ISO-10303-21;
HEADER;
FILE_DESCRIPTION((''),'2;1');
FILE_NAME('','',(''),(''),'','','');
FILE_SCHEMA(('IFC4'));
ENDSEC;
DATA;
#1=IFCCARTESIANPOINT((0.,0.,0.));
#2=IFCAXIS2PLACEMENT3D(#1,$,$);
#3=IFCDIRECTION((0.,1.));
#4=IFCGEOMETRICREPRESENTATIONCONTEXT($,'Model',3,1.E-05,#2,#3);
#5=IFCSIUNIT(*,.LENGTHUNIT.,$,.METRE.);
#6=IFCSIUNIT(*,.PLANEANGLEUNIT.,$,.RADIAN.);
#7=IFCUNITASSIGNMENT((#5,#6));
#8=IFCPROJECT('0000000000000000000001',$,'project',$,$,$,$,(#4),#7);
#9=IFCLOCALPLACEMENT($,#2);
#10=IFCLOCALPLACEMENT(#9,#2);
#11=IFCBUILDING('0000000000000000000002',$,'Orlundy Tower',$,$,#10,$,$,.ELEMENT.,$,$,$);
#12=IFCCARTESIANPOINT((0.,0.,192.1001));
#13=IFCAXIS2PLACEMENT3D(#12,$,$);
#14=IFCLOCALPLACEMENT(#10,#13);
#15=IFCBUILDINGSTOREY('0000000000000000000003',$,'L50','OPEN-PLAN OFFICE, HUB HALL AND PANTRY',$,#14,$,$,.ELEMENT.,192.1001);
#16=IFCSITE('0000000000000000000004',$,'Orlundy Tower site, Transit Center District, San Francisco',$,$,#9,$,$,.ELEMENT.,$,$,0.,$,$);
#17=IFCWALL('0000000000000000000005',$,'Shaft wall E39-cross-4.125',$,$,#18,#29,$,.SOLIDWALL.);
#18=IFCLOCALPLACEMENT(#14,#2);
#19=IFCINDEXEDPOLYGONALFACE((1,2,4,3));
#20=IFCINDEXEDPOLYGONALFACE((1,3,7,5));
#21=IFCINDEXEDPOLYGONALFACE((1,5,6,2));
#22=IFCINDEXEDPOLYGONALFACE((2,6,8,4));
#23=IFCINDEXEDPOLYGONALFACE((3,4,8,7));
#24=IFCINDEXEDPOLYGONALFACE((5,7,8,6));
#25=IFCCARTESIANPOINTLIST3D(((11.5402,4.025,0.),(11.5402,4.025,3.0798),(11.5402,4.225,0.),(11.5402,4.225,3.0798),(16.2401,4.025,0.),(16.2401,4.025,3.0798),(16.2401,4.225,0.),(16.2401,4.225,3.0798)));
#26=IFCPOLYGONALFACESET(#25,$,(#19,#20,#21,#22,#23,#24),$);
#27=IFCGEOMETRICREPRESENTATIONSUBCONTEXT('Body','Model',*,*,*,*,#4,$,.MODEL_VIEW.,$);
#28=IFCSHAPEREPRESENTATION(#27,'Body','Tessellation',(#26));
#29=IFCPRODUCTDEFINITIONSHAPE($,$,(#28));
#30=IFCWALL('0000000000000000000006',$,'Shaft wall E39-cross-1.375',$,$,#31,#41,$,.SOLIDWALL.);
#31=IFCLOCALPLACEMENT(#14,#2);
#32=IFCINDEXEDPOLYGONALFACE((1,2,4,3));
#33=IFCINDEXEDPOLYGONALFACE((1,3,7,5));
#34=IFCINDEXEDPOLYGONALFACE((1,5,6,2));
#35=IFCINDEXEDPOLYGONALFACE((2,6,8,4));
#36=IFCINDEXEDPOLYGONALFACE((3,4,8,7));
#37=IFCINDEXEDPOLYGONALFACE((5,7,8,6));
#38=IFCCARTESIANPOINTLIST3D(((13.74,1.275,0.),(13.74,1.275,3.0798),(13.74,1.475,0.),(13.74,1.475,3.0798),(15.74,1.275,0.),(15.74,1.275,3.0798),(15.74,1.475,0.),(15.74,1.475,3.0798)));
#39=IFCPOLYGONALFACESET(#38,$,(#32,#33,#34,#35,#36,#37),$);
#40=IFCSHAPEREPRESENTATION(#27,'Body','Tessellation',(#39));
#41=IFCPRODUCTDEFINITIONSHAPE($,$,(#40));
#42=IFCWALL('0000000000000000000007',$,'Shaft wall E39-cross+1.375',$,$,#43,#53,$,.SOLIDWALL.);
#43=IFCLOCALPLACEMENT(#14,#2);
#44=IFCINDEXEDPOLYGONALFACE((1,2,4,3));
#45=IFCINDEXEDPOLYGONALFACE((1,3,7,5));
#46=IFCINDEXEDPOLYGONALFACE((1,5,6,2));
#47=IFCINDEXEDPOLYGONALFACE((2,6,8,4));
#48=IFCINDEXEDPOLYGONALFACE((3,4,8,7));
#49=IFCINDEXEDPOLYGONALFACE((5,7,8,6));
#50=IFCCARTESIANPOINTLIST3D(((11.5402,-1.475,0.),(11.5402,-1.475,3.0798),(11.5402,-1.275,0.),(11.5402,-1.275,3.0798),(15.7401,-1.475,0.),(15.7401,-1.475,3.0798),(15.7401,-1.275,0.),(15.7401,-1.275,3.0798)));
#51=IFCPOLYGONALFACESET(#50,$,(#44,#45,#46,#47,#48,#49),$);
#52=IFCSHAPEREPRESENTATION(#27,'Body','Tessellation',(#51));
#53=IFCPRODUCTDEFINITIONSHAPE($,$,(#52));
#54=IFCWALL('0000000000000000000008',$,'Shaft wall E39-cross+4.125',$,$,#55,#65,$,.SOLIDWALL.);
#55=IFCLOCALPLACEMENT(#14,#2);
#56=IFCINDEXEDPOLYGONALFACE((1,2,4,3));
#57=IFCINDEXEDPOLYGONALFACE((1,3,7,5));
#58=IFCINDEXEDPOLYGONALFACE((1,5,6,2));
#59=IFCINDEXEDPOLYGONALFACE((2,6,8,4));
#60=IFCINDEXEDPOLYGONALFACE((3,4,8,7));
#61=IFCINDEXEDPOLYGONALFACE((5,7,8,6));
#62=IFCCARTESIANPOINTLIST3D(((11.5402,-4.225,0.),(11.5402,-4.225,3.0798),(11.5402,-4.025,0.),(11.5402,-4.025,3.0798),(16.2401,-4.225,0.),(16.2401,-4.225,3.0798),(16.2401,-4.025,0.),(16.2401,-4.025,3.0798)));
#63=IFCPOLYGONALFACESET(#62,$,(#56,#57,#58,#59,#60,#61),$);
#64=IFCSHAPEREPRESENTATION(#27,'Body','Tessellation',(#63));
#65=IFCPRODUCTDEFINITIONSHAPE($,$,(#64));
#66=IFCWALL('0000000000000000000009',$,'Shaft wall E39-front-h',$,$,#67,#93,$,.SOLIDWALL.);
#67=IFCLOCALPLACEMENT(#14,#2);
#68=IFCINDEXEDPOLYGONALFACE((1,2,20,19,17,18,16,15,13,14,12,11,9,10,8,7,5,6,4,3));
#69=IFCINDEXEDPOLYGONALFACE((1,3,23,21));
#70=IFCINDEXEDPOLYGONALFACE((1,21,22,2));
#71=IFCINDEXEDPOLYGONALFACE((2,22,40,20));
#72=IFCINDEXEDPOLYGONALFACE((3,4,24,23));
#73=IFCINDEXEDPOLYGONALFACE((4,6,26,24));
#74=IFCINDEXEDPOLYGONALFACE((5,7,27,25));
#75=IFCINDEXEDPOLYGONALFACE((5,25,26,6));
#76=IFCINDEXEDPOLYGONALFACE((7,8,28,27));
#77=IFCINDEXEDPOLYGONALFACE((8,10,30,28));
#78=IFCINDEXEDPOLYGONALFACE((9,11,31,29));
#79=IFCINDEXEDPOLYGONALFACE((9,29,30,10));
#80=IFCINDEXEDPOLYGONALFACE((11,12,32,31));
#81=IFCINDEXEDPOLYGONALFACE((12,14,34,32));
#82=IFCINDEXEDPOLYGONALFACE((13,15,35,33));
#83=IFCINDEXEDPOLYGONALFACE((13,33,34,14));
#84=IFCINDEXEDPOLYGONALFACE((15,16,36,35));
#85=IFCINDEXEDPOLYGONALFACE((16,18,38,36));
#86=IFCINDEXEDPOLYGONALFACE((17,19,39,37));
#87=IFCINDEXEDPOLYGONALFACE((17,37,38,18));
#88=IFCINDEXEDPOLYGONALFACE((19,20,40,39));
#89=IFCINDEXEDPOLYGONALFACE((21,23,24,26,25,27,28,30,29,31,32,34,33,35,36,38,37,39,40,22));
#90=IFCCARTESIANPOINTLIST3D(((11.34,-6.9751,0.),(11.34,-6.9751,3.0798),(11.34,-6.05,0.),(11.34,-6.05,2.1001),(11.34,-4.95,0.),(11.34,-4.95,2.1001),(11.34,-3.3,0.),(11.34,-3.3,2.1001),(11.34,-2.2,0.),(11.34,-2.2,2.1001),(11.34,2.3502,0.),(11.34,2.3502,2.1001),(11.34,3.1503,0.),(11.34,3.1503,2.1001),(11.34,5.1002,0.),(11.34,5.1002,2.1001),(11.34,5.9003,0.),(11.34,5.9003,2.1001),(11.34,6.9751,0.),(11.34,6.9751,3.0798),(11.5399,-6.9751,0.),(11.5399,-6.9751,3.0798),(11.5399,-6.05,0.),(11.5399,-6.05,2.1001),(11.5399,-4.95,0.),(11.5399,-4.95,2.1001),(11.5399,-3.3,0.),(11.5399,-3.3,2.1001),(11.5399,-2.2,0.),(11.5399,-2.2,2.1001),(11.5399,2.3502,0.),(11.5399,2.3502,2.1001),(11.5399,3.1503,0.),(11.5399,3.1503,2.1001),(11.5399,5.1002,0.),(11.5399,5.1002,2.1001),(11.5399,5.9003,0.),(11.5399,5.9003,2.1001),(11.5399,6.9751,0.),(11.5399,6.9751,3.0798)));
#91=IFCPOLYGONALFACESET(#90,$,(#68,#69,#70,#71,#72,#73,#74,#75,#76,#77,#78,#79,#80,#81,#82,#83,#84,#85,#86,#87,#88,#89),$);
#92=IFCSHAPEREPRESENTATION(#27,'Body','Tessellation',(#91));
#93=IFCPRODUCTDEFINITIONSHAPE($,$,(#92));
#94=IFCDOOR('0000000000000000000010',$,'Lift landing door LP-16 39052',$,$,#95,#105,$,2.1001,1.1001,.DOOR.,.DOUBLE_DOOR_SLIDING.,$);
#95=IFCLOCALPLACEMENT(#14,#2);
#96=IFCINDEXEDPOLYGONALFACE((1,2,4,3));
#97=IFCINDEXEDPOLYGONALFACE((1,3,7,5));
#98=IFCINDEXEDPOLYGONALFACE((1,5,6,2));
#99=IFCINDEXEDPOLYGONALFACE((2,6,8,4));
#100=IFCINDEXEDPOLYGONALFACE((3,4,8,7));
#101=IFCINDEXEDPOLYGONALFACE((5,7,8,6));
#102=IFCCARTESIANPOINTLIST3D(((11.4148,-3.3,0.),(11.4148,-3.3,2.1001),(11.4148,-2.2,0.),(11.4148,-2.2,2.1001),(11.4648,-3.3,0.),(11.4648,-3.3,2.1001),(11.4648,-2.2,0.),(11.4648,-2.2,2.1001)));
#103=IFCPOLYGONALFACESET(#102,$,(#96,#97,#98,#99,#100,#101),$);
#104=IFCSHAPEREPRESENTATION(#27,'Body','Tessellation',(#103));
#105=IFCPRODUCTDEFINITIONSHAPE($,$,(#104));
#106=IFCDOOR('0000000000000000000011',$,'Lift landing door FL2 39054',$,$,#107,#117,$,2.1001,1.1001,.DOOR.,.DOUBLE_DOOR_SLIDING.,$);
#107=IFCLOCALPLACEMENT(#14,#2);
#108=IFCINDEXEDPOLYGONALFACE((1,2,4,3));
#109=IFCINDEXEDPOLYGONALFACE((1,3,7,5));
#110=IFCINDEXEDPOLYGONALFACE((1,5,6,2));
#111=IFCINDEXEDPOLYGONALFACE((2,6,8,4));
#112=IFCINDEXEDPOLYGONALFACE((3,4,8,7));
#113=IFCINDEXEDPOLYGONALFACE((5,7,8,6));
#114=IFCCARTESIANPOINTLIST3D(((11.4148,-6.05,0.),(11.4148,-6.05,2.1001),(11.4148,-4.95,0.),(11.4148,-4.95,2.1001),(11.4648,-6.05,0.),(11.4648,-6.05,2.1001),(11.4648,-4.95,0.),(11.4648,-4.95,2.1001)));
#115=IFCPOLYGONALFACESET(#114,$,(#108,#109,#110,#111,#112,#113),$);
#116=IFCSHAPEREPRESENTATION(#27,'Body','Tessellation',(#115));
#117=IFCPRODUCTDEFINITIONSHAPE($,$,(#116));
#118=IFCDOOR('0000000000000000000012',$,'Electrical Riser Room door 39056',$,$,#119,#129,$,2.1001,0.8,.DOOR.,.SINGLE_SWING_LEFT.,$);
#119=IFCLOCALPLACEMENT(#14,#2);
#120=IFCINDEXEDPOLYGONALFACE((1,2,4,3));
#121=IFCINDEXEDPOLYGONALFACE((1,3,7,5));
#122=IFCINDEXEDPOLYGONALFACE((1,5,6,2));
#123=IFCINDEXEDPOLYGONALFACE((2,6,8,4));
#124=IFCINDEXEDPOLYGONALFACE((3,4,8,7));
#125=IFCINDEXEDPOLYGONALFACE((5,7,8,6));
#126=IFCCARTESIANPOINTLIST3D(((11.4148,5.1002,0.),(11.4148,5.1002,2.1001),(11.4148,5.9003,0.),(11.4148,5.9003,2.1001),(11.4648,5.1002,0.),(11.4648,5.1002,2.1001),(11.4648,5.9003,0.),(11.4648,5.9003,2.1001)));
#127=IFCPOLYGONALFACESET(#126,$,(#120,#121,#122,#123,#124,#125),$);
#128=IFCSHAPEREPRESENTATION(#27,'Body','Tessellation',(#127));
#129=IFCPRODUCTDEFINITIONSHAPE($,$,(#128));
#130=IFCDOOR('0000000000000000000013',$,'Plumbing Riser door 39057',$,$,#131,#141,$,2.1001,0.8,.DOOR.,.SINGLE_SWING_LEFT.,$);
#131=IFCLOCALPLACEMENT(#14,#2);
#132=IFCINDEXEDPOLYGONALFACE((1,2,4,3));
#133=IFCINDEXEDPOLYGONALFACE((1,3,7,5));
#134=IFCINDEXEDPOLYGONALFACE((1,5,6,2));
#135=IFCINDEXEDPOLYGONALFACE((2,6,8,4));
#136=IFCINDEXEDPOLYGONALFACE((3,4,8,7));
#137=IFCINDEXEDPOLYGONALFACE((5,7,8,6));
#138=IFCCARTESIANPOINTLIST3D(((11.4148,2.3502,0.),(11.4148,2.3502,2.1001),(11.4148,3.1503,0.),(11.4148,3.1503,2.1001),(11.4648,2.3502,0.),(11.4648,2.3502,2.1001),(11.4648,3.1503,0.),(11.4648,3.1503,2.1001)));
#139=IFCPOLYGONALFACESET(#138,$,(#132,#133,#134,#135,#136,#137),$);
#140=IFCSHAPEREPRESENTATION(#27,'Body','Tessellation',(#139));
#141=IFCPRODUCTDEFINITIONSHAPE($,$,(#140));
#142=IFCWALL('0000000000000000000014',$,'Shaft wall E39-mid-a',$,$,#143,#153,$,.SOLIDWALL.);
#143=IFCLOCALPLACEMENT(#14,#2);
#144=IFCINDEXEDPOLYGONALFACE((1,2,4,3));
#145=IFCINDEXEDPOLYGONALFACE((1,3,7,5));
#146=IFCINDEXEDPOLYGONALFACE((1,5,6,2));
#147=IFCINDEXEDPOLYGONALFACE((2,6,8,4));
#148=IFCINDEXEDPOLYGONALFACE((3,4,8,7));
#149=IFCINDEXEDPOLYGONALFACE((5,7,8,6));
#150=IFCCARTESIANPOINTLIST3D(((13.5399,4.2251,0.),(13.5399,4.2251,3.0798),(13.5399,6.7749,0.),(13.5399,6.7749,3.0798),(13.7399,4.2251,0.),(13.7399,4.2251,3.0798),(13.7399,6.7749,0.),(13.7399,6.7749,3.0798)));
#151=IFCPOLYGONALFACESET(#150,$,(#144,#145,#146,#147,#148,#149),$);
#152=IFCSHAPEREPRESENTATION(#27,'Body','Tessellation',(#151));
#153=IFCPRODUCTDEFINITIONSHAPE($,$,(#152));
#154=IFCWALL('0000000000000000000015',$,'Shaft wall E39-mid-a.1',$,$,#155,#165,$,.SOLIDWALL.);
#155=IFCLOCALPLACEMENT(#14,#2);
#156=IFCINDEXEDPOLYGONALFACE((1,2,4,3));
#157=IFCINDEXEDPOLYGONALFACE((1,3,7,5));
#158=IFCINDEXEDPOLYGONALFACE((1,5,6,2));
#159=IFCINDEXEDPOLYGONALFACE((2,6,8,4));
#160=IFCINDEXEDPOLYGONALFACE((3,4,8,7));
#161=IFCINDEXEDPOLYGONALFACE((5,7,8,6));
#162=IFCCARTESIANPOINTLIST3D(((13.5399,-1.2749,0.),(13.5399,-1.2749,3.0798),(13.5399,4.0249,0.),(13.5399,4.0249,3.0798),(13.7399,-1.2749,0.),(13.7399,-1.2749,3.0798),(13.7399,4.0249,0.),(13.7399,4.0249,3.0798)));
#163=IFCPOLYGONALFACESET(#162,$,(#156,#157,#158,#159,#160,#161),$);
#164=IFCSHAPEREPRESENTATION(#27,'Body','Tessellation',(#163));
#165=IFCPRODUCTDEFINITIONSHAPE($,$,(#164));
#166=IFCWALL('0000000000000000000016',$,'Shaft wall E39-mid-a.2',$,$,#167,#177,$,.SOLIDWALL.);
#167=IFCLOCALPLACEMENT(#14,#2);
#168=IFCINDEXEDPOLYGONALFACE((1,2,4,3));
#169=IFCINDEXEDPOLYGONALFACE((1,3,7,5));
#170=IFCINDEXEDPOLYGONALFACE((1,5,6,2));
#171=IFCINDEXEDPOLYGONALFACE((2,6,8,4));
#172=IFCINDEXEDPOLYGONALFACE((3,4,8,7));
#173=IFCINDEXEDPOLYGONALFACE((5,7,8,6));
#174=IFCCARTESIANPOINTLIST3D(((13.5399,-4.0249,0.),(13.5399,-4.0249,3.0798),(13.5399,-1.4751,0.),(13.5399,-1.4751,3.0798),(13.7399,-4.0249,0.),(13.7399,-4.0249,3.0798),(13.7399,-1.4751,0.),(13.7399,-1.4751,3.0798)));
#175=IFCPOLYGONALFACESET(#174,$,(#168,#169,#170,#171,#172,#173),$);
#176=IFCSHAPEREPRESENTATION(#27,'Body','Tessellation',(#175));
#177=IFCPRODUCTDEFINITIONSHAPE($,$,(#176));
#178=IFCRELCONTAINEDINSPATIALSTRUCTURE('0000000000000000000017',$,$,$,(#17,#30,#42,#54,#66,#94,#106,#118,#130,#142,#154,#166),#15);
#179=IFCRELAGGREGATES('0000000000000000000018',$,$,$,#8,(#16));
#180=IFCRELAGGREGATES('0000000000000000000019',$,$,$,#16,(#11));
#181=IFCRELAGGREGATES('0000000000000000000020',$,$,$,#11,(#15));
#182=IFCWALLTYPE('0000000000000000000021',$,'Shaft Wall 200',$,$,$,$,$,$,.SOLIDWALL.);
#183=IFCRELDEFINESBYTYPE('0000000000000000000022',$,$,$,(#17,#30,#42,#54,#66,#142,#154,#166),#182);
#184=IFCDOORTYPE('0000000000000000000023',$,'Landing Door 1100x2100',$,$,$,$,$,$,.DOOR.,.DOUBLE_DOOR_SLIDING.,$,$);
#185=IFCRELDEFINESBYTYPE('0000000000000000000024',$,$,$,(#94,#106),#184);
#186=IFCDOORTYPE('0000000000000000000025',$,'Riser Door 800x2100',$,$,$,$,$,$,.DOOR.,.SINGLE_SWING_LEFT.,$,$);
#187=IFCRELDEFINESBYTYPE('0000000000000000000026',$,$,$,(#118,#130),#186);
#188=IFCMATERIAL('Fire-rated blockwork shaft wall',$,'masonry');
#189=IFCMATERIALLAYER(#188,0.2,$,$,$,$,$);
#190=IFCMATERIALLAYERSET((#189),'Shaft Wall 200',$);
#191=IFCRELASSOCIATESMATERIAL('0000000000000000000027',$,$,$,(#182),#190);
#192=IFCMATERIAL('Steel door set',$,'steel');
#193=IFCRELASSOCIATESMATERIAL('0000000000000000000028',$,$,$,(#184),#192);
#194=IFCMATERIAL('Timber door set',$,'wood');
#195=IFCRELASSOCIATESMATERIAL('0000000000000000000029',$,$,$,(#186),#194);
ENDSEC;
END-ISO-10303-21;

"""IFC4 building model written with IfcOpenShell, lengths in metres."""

from ifc_helpers import new_model, si_unit, direction, frame, frame_2d, origin, place, context, subcontext, project, spatial, rectangle, extrude, material, layer, layer_set, type_object, element, fill, save


model = new_model("IFC4")

# Units and contexts
model_context = context("Model", 3, precision=1e-05, world=origin(), true_north=direction((0.0, 1.0)))
body_context = subcontext(model_context, "Body", "Model", "MODEL_VIEW")
ifc_project = project(units=[si_unit("LENGTHUNIT", "METRE"), si_unit("PLANEANGLEUNIT", "RADIAN")], contexts=[model_context])

# Site, building, storey
site_placement = place(None, origin())
site = spatial("IfcSite", under=ifc_project, at=site_placement, Name="Orlundy Tower site, Transit Center District, San Francisco", CompositionType="ELEMENT", RefElevation=0.0)
building_placement = place(site_placement, origin())
building = spatial("IfcBuilding", under=site, at=building_placement, Name="Orlundy Tower", CompositionType="ELEMENT")
storey_placement = place(building_placement, frame((0.0, 0.0, 192.1001)))
storey = spatial("IfcBuildingStorey", under=building, at=storey_placement, Name="L50", Description="OPEN-PLAN OFFICE, HUB HALL AND PANTRY", CompositionType="ELEMENT", Elevation=192.1001)

# Walls
ifc_material_1 = material(Name="Fire-rated blockwork shaft wall", Category="masonry")
ifc_layer_1 = layer(ifc_material_1, 0.2)
ifc_layer_set_1 = layer_set([ifc_layer_1], Name="Shaft Wall 200")
wall_type_1 = type_object("IfcWallType", Name="Shaft Wall 200", PredefinedType="SOLIDWALL", material=ifc_layer_set_1)
wall_1_placement = place(storey_placement, frame((11.54, 4.125, 0.0), z_axis=(0.0, 0.0, 1.0), x_axis=(1.0, 0.0, 0.0)))
element("IfcWall", 1, at=wall_1_placement, inside=storey, type_object=wall_type_1, Name="Shaft wall E39-cross-4.125", PredefinedType="SOLIDWALL", context=body_context, shape_type="SweptSolid", body=[
    extrude(rectangle(XDim=4.7, YDim=0.2, at=frame_2d((2.3501, 0.0))), origin(), (0.0, 0.0, 1.0), 3.0798),
])
wall_2_placement = place(storey_placement, frame((13.74, 1.375, 0.0), z_axis=(0.0, 0.0, 1.0), x_axis=(1.0, 0.0, 0.0)))
element("IfcWall", 2, at=wall_2_placement, inside=storey, type_object=wall_type_1, Name="Shaft wall E39-cross-1.375", PredefinedType="SOLIDWALL", context=body_context, shape_type="SweptSolid", body=[
    extrude(rectangle(XDim=2.0, YDim=0.2, at=frame_2d((1.0, 0.0))), origin(), (0.0, 0.0, 1.0), 3.0798),
])
wall_3_placement = place(storey_placement, frame((11.54, -1.375, 0.0), z_axis=(0.0, 0.0, 1.0), x_axis=(1.0, 0.0, 0.0)))
element("IfcWall", 3, at=wall_3_placement, inside=storey, type_object=wall_type_1, Name="Shaft wall E39-cross+1.375", PredefinedType="SOLIDWALL", context=body_context, shape_type="SweptSolid", body=[
    extrude(rectangle(XDim=4.2, YDim=0.2, at=frame_2d((2.1001, 0.0))), origin(), (0.0, 0.0, 1.0), 3.0798),
])
wall_4_placement = place(storey_placement, frame((11.54, -4.125, 0.0), z_axis=(0.0, 0.0, 1.0), x_axis=(1.0, 0.0, 0.0)))
element("IfcWall", 4, at=wall_4_placement, inside=storey, type_object=wall_type_1, Name="Shaft wall E39-cross+4.125", PredefinedType="SOLIDWALL", context=body_context, shape_type="SweptSolid", body=[
    extrude(rectangle(XDim=4.7, YDim=0.2, at=frame_2d((2.3501, 0.0))), origin(), (0.0, 0.0, 1.0), 3.0798),
])

# Wall, openings, doors
wall_5_placement = place(storey_placement, frame((11.4399, 6.9751, 0.0), z_axis=(0.0, 0.0, 1.0), x_axis=(0.0, -1.0, 0.0)))
wall_5 = element("IfcWall", 5, at=wall_5_placement, inside=storey, type_object=wall_type_1, Name="Shaft wall E39-front-h", PredefinedType="SOLIDWALL", context=body_context, shape_type="SweptSolid", body=[
    extrude(rectangle(XDim=13.9502, YDim=0.2, at=frame_2d((6.9751, 0.0))), origin(), (0.0, 0.0, 1.0), 3.0798),
])
opening_1_placement = place(wall_5_placement, frame((9.175, 0.0, 0.0)))
opening_1 = element("IfcOpeningElement", 6, at=opening_1_placement, cuts=wall_5, PredefinedType="OPENING", context=body_context, shape_type="SweptSolid", body=[
    extrude(rectangle(XDim=1.1001, YDim=2.1001, at=frame_2d((0.55, 1.05))), frame((0.0, 0.1101, 0.0), z_axis=(0.0, -1.0, 0.0), x_axis=(1.0, 0.0, 0.0)), (0.0, 0.0, 1.0), 0.2202),
])
opening_2_placement = place(wall_5_placement, frame((11.925, 0.0, 0.0)))
opening_2 = element("IfcOpeningElement", 7, at=opening_2_placement, cuts=wall_5, PredefinedType="OPENING", context=body_context, shape_type="SweptSolid", body=[
    extrude(rectangle(XDim=1.1001, YDim=2.1001, at=frame_2d((0.55, 1.05))), frame((0.0, 0.1101, 0.0), z_axis=(0.0, -1.0, 0.0), x_axis=(1.0, 0.0, 0.0)), (0.0, 0.0, 1.0), 0.2202),
])
opening_3_placement = place(wall_5_placement, frame((1.075, 0.0, 0.0)))
opening_3 = element("IfcOpeningElement", 8, at=opening_3_placement, cuts=wall_5, PredefinedType="OPENING", context=body_context, shape_type="SweptSolid", body=[
    extrude(rectangle(XDim=0.8, YDim=2.1001, at=frame_2d((0.3999, 1.05))), frame((0.0, 0.1101, 0.0), z_axis=(0.0, -1.0, 0.0), x_axis=(1.0, 0.0, 0.0)), (0.0, 0.0, 1.0), 0.2202),
])
opening_4_placement = place(wall_5_placement, frame((3.825, 0.0, 0.0)))
opening_4 = element("IfcOpeningElement", 9, at=opening_4_placement, cuts=wall_5, PredefinedType="OPENING", context=body_context, shape_type="SweptSolid", body=[
    extrude(rectangle(XDim=0.8, YDim=2.1001, at=frame_2d((0.3999, 1.05))), frame((0.0, 0.1101, 0.0), z_axis=(0.0, -1.0, 0.0), x_axis=(1.0, 0.0, 0.0)), (0.0, 0.0, 1.0), 0.2202),
])
ifc_material_2 = material(Name="Steel door set", Category="steel")
door_type_1 = type_object("IfcDoorType", Name="Landing Door 1100x2100", OperationType="DOUBLE_DOOR_SLIDING", PredefinedType="DOOR", material=ifc_material_2)
door_1_placement = place(opening_1_placement, origin())
door_1 = element("IfcDoor", 10, at=door_1_placement, inside=storey, type_object=door_type_1, Name="Lift landing door LP-16 39052", OperationType="DOUBLE_DOOR_SLIDING", OverallHeight=2.1001, OverallWidth=1.1001, PredefinedType="DOOR", context=body_context, shape_type="SweptSolid", body=[
    extrude(rectangle(XDim=1.1001, YDim=2.1001, at=frame_2d((0.55, 1.05))), frame((0.0, 0.0249, 0.0), z_axis=(0.0, -1.0, 0.0), x_axis=(1.0, 0.0, 0.0)), (0.0, 0.0, 1.0), 0.05),
])
fill(opening_1, door_1)
door_2_placement = place(opening_2_placement, origin())
door_2 = element("IfcDoor", 11, at=door_2_placement, inside=storey, type_object=door_type_1, Name="Lift landing door FL2 39054", OperationType="DOUBLE_DOOR_SLIDING", OverallHeight=2.1001, OverallWidth=1.1001, PredefinedType="DOOR", context=body_context, shape_type="SweptSolid", body=[
    extrude(rectangle(XDim=1.1001, YDim=2.1001, at=frame_2d((0.55, 1.05))), frame((0.0, 0.0249, 0.0), z_axis=(0.0, -1.0, 0.0), x_axis=(1.0, 0.0, 0.0)), (0.0, 0.0, 1.0), 0.05),
])
fill(opening_2, door_2)
ifc_material_3 = material(Name="Timber door set", Category="wood")
door_type_2 = type_object("IfcDoorType", Name="Riser Door 800x2100", OperationType="SINGLE_SWING_LEFT", PredefinedType="DOOR", material=ifc_material_3)
door_3_placement = place(opening_3_placement, origin())
door_3 = element("IfcDoor", 12, at=door_3_placement, inside=storey, type_object=door_type_2, Name="Electrical Riser Room door 39056", OperationType="SINGLE_SWING_LEFT", OverallHeight=2.1001, OverallWidth=0.8, PredefinedType="DOOR", context=body_context, shape_type="SweptSolid", body=[
    extrude(rectangle(XDim=0.8, YDim=2.1001, at=frame_2d((0.3999, 1.05))), frame((0.0, 0.0249, 0.0), z_axis=(0.0, -1.0, 0.0), x_axis=(1.0, 0.0, 0.0)), (0.0, 0.0, 1.0), 0.05),
])
fill(opening_3, door_3)
door_4_placement = place(opening_4_placement, origin())
door_4 = element("IfcDoor", 13, at=door_4_placement, inside=storey, type_object=door_type_2, Name="Plumbing Riser door 39057", OperationType="SINGLE_SWING_LEFT", OverallHeight=2.1001, OverallWidth=0.8, PredefinedType="DOOR", context=body_context, shape_type="SweptSolid", body=[
    extrude(rectangle(XDim=0.8, YDim=2.1001, at=frame_2d((0.3999, 1.05))), frame((0.0, 0.0249, 0.0), z_axis=(0.0, -1.0, 0.0), x_axis=(1.0, 0.0, 0.0)), (0.0, 0.0, 1.0), 0.05),
])
fill(opening_4, door_4)

# Walls
wall_6_placement = place(storey_placement, frame((13.6399, 6.7749, 0.0), z_axis=(0.0, 0.0, 1.0), x_axis=(0.0, -1.0, 0.0)))
element("IfcWall", 14, at=wall_6_placement, inside=storey, type_object=wall_type_1, Name="Shaft wall E39-mid-a", PredefinedType="SOLIDWALL", context=body_context, shape_type="SweptSolid", body=[
    extrude(rectangle(XDim=2.5498, YDim=0.2, at=frame_2d((1.2749, 0.0))), origin(), (0.0, 0.0, 1.0), 3.0798),
])
wall_7_placement = place(storey_placement, frame((13.6399, 4.0249, 0.0), z_axis=(0.0, 0.0, 1.0), x_axis=(0.0, -1.0, 0.0)))
element("IfcWall", 15, at=wall_7_placement, inside=storey, type_object=wall_type_1, Name="Shaft wall E39-mid-a.1", PredefinedType="SOLIDWALL", context=body_context, shape_type="SweptSolid", body=[
    extrude(rectangle(XDim=5.2998, YDim=0.2, at=frame_2d((2.6499, 0.0))), origin(), (0.0, 0.0, 1.0), 3.0798),
])
for number, where, z_axis, x_axis, name in (
    (16, (13.6399, -1.4751, 0.0), (0.0, 0.0, 1.0), (0.0, -1.0, 0.0), "Shaft wall E39-mid-a.2"),
):
    element("IfcWall", number, at=place(storey_placement, frame(where, z_axis=z_axis, x_axis=x_axis)), inside=storey, type_object=wall_type_1, Name=name, PredefinedType="SOLIDWALL", context=body_context, shape_type="SweptSolid", body=[
        extrude(rectangle(XDim=2.5498, YDim=0.2, at=frame_2d((1.2749, 0.0))), origin(), (0.0, 0.0, 1.0), 3.0798),
    ])

save(model, "model.ifc")
